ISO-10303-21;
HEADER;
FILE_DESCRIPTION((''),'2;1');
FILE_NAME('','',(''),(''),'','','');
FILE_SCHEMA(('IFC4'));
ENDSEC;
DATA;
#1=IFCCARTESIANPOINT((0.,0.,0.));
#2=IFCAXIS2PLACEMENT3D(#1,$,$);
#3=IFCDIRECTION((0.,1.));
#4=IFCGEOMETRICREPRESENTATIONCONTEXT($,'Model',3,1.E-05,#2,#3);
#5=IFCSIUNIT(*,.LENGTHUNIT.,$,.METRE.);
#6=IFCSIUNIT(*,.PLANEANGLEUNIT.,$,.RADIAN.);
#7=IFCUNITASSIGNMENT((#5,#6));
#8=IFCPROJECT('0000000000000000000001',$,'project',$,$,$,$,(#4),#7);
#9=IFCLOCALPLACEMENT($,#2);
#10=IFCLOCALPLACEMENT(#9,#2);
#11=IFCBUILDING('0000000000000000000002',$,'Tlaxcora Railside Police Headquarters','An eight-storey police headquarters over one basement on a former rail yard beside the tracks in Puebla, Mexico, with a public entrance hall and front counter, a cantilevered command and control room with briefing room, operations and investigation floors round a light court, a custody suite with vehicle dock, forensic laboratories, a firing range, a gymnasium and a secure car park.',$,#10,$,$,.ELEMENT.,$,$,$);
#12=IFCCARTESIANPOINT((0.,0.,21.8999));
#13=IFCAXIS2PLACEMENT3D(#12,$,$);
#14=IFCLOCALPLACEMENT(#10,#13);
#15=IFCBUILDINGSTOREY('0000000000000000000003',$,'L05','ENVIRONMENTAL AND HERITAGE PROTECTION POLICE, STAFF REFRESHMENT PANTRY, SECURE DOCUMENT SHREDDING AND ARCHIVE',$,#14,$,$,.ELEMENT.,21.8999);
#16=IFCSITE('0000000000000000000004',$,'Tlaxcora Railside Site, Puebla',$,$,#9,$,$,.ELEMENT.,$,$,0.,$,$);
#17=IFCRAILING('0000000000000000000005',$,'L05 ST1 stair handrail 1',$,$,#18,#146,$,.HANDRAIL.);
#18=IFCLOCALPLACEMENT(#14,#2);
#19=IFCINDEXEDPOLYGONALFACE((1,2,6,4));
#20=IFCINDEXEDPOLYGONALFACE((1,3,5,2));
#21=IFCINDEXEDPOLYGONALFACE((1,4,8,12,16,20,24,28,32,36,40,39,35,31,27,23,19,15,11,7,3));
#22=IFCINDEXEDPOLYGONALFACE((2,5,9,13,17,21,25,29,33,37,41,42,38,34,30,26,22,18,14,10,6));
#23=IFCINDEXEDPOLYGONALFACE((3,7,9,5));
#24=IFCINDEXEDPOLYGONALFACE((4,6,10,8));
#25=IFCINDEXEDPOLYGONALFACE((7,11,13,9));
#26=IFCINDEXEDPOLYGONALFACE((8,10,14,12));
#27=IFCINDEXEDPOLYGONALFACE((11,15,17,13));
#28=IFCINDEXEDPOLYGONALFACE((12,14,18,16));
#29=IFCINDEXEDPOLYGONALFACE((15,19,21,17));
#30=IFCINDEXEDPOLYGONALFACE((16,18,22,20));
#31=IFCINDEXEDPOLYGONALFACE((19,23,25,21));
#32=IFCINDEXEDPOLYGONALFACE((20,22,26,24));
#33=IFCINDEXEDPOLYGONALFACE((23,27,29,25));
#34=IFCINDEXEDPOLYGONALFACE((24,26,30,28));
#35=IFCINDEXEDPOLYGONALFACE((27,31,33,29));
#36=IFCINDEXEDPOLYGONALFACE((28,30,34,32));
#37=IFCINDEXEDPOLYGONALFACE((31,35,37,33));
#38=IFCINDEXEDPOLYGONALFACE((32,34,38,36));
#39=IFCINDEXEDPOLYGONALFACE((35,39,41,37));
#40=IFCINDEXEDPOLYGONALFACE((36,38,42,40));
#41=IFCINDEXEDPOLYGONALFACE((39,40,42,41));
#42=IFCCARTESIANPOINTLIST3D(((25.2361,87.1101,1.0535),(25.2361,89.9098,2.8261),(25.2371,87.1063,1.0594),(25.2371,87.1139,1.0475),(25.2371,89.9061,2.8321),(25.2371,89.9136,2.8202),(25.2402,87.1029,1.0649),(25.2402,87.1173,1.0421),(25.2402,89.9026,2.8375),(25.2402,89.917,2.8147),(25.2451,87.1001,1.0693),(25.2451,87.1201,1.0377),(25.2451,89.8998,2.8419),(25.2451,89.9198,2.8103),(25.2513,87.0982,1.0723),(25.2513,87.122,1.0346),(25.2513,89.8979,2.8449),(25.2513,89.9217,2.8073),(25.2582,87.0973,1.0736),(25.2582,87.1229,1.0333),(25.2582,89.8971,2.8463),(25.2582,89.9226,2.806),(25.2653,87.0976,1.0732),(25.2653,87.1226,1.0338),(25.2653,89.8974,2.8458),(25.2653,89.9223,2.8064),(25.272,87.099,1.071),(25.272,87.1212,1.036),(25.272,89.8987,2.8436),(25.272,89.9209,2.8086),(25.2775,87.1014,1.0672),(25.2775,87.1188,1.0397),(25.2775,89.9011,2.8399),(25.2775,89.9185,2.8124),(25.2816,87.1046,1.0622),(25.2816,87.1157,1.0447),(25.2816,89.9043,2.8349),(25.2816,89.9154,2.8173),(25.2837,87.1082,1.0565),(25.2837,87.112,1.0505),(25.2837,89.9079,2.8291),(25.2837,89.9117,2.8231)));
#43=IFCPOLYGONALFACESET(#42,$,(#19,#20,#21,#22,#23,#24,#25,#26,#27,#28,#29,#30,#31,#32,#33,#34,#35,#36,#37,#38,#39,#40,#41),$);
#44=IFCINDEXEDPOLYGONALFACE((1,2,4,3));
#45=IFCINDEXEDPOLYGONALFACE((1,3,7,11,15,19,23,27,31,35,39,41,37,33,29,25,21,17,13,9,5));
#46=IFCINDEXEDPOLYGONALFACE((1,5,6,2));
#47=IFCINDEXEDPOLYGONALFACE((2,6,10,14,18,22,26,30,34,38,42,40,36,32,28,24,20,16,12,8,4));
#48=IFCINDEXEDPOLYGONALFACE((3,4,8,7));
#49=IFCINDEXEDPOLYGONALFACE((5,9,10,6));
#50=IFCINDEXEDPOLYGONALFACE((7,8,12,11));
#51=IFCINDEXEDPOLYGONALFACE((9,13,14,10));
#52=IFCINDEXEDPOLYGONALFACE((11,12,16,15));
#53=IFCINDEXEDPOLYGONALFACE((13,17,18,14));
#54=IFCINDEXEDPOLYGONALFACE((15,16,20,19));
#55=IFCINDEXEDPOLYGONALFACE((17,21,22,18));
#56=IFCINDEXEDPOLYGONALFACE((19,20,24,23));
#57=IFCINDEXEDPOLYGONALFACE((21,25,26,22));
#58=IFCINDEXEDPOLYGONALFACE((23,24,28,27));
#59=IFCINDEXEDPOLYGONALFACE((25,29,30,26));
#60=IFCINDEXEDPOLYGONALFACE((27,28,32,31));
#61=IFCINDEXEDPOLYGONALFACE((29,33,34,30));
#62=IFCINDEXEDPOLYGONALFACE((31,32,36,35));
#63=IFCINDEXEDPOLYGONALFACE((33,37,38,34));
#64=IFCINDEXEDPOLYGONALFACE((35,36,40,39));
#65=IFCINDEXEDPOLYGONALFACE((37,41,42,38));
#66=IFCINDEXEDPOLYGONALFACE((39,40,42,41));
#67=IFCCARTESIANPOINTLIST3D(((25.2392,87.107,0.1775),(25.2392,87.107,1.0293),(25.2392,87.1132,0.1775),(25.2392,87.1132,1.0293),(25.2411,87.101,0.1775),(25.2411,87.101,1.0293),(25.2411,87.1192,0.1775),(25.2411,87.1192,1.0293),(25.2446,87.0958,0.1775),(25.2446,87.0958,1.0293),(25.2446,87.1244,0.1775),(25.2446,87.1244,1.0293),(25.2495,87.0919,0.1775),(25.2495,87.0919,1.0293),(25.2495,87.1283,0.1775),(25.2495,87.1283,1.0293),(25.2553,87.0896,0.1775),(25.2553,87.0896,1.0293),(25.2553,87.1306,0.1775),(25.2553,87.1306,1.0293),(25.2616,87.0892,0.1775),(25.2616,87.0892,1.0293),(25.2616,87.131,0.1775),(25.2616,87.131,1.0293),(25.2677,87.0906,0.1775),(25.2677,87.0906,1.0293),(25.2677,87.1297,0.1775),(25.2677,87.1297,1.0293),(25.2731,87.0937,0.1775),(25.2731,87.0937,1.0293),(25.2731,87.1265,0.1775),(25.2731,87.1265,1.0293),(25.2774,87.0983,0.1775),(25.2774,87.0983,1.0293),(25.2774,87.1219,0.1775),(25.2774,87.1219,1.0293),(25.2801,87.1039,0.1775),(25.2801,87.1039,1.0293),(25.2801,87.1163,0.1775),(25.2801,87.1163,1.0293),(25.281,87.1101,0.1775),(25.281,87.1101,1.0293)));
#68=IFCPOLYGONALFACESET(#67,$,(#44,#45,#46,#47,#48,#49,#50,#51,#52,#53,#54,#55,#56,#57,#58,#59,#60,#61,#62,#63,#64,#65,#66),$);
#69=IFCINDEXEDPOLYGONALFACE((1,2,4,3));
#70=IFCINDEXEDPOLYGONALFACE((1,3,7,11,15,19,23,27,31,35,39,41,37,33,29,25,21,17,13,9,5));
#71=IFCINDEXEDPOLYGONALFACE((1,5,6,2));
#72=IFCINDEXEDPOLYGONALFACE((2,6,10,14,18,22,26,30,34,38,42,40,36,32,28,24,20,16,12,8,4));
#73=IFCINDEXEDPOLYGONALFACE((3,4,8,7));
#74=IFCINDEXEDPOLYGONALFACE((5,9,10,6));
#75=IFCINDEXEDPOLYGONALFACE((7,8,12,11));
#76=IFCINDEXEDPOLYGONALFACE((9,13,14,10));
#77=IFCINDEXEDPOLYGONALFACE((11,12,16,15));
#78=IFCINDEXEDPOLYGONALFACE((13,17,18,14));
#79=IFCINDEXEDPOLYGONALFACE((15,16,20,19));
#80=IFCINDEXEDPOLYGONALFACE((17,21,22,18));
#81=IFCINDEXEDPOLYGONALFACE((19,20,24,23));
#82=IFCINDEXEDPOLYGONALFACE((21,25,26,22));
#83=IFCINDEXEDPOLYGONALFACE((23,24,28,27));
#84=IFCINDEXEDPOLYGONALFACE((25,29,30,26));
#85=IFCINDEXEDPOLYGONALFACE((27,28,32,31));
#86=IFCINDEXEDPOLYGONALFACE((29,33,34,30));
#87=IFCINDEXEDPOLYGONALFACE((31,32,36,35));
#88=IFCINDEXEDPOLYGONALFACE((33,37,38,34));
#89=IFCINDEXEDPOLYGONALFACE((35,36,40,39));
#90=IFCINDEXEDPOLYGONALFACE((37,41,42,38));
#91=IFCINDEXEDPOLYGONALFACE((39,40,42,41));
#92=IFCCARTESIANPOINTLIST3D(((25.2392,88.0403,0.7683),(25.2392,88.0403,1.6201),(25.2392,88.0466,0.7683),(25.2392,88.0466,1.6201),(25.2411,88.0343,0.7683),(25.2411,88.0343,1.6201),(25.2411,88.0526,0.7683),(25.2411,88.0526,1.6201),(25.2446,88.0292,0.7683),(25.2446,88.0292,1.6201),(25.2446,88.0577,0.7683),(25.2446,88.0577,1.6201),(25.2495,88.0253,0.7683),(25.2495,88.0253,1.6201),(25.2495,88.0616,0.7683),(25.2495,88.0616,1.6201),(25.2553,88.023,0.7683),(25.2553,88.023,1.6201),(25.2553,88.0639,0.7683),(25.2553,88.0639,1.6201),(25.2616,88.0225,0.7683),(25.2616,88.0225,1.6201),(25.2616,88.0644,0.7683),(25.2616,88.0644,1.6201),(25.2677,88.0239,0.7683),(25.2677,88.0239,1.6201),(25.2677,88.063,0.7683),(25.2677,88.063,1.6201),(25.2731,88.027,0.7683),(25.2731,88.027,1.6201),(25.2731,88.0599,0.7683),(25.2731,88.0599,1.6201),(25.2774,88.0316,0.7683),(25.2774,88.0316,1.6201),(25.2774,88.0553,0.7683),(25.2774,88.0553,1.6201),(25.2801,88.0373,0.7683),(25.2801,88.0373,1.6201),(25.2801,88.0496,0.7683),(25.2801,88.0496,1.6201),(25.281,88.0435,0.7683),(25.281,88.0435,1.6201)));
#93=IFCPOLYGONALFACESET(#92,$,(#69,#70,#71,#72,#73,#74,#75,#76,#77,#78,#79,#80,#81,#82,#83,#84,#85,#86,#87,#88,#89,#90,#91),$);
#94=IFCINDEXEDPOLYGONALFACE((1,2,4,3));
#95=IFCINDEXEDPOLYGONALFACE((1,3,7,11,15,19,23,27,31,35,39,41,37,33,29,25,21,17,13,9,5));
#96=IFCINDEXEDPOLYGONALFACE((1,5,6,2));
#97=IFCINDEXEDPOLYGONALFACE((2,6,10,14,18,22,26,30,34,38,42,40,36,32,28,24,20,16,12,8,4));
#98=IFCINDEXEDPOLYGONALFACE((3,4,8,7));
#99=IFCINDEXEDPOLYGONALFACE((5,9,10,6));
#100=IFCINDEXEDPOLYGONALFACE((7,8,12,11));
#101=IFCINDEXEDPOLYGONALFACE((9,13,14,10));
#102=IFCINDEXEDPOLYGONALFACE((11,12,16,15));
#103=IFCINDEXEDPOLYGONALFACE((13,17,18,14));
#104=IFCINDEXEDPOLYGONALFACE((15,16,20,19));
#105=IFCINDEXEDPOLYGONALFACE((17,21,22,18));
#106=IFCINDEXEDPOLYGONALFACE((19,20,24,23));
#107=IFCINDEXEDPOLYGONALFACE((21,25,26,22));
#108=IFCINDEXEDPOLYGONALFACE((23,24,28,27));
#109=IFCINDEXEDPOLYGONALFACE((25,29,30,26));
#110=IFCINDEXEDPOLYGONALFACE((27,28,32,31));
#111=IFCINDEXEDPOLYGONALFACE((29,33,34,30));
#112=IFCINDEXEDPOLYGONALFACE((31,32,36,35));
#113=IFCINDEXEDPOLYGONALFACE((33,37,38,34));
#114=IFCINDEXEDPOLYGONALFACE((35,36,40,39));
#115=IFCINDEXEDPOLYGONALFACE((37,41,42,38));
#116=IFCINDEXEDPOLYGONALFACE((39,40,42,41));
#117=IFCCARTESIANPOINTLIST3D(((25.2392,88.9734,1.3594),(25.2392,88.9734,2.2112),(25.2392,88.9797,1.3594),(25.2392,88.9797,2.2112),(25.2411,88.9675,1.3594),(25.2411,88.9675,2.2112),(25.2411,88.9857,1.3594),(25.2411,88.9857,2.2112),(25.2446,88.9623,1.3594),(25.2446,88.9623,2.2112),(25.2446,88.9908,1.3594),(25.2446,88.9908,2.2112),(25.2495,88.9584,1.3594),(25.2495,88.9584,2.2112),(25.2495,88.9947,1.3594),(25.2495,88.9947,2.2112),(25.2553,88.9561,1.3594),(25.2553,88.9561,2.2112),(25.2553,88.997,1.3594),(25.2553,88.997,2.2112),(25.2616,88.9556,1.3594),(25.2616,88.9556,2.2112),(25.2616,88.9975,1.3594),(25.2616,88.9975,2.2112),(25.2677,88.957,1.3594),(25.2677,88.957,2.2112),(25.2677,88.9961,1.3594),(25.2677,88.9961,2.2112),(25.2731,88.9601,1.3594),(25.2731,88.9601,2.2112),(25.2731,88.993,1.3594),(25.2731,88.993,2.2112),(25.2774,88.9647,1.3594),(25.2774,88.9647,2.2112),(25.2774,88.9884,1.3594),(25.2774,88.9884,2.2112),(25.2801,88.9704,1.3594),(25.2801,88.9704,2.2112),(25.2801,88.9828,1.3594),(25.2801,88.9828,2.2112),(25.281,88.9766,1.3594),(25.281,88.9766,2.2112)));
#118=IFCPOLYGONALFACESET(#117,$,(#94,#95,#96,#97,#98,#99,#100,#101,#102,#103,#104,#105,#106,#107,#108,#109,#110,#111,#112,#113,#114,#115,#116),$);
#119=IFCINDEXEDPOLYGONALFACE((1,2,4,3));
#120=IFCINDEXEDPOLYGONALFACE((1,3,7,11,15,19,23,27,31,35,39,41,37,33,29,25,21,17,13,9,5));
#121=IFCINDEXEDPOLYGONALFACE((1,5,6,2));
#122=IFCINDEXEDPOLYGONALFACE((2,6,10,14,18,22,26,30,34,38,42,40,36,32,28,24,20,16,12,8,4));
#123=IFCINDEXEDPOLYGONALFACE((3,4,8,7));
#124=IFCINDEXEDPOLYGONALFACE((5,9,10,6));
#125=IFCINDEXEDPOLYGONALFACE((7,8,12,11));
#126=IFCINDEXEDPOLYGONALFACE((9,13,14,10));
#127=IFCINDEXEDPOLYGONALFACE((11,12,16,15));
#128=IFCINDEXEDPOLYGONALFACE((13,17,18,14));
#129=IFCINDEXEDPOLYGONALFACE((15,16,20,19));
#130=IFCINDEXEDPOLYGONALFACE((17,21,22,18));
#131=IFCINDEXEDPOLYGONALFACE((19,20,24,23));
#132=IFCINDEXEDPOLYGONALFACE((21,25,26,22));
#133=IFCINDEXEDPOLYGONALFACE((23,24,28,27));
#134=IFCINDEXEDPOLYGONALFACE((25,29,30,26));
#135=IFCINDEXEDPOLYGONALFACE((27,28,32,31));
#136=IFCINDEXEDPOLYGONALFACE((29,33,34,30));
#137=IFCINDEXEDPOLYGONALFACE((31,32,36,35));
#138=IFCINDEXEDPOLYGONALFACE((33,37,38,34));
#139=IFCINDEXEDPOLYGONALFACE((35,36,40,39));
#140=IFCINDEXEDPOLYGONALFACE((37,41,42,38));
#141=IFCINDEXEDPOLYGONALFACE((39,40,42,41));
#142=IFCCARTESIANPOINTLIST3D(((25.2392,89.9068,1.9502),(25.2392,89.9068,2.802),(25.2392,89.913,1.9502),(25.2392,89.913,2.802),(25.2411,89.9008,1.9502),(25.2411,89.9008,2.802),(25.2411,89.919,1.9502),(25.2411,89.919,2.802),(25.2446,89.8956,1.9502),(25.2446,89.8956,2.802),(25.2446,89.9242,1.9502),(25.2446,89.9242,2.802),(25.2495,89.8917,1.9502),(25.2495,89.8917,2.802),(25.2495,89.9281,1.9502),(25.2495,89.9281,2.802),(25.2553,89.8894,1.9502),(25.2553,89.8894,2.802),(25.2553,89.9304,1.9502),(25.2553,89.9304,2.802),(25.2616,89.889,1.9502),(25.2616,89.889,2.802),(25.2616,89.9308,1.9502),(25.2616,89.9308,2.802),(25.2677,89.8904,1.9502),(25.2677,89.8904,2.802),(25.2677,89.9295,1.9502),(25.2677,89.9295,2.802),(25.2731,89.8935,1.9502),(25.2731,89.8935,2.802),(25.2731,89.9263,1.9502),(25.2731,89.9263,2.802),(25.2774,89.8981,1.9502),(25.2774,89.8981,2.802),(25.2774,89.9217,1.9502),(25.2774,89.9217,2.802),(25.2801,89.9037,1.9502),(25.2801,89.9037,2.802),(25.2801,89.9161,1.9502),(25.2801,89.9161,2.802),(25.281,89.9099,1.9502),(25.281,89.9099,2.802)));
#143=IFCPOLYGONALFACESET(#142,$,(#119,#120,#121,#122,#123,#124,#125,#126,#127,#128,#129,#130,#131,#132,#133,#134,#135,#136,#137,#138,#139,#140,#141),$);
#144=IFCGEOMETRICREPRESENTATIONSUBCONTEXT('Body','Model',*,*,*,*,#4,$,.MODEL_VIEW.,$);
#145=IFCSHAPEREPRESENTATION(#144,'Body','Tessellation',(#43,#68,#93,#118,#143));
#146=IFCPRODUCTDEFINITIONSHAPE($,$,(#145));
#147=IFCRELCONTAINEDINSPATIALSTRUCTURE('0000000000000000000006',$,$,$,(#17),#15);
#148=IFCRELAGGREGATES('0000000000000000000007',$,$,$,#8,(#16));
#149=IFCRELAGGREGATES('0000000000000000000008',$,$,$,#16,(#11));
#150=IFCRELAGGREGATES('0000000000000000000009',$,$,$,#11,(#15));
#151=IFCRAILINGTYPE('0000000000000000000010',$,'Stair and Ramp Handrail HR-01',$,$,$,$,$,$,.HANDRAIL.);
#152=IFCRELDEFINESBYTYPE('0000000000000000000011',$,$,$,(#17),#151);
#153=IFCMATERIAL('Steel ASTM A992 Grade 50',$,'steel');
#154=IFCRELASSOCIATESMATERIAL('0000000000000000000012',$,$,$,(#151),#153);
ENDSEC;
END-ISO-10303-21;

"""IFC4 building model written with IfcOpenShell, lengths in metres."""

from ifc_helpers import new_model, si_unit, direction, frame, origin, origin_2d, place, context, subcontext, project, spatial, circle, extrude, material, type_object, element, save


model = new_model("IFC4")

# Units and contexts
model_context = context("Model", 3, precision=1e-05, world=origin(), true_north=direction((0.0, 1.0)))
body_context = subcontext(model_context, "Body", "Model", "MODEL_VIEW")
ifc_project = project(units=[si_unit("LENGTHUNIT", "METRE"), si_unit("PLANEANGLEUNIT", "RADIAN")], contexts=[model_context])

# Site, building, storey
site_placement = place(None, origin())
site = spatial("IfcSite", under=ifc_project, at=site_placement, Name="Tlaxcora Railside Site, Puebla", CompositionType="ELEMENT", RefElevation=0.0)
building_placement = place(site_placement, origin())
building = spatial("IfcBuilding", under=site, at=building_placement, Name="Tlaxcora Railside Police Headquarters", Description="An eight-storey police headquarters over one basement on a former rail yard beside the tracks in Puebla, Mexico, with a public entrance hall and front counter, a cantilevered command and control room with briefing room, operations and investigation floors round a light court, a custody suite with vehicle dock, forensic laboratories, a firing range, a gymnasium and a secure car park.", CompositionType="ELEMENT")
storey_placement = place(building_placement, frame((0.0, 0.0, 21.8999)))
storey = spatial("IfcBuildingStorey", under=building, at=storey_placement, Name="L05", Description="ENVIRONMENTAL AND HERITAGE PROTECTION POLICE, STAFF REFRESHMENT PANTRY, SECURE DOCUMENT SHREDDING AND ARCHIVE", CompositionType="ELEMENT", Elevation=21.8999)

# Shared definitions
ifc_material_1 = material(Name="Steel ASTM A992 Grade 50", Category="steel")

# Railing
railing_type_1 = type_object("IfcRailingType", Name="Stair and Ramp Handrail HR-01", PredefinedType="HANDRAIL", material=ifc_material_1)
railing_1_placement = place(storey_placement, frame((25.26, 87.1101, 0.1775)))
element("IfcRailing", 1, at=railing_1_placement, inside=storey, type_object=railing_type_1, Name="L05 ST1 stair handrail 1", PredefinedType="HANDRAIL", context=body_context, shape_type="SweptSolid", body=[
    extrude(circle(Radius=0.0239, at=origin_2d()), frame((0.0, 0.0, 0.876), z_axis=(0.0, 0.844888, 0.534943), x_axis=(-1.0, 0.0, 0.0)), (0.0, 0.0, 1.0), 3.3137),
    extrude(circle(Radius=0.021, at=origin_2d()), origin(), (0.0, 0.0, 1.0), 0.8518),
    extrude(circle(Radius=0.021, at=origin_2d()), frame((0.0, 0.9333, 0.5908)), (0.0, 0.0, 1.0), 0.8518),
    extrude(circle(Radius=0.021, at=origin_2d()), frame((0.0, 1.8665, 1.1819)), (0.0, 0.0, 1.0), 0.8518),
    extrude(circle(Radius=0.021, at=origin_2d()), frame((0.0, 2.7998, 1.7727)), (0.0, 0.0, 1.0), 0.8518),
])

save(model, "model.ifc")
